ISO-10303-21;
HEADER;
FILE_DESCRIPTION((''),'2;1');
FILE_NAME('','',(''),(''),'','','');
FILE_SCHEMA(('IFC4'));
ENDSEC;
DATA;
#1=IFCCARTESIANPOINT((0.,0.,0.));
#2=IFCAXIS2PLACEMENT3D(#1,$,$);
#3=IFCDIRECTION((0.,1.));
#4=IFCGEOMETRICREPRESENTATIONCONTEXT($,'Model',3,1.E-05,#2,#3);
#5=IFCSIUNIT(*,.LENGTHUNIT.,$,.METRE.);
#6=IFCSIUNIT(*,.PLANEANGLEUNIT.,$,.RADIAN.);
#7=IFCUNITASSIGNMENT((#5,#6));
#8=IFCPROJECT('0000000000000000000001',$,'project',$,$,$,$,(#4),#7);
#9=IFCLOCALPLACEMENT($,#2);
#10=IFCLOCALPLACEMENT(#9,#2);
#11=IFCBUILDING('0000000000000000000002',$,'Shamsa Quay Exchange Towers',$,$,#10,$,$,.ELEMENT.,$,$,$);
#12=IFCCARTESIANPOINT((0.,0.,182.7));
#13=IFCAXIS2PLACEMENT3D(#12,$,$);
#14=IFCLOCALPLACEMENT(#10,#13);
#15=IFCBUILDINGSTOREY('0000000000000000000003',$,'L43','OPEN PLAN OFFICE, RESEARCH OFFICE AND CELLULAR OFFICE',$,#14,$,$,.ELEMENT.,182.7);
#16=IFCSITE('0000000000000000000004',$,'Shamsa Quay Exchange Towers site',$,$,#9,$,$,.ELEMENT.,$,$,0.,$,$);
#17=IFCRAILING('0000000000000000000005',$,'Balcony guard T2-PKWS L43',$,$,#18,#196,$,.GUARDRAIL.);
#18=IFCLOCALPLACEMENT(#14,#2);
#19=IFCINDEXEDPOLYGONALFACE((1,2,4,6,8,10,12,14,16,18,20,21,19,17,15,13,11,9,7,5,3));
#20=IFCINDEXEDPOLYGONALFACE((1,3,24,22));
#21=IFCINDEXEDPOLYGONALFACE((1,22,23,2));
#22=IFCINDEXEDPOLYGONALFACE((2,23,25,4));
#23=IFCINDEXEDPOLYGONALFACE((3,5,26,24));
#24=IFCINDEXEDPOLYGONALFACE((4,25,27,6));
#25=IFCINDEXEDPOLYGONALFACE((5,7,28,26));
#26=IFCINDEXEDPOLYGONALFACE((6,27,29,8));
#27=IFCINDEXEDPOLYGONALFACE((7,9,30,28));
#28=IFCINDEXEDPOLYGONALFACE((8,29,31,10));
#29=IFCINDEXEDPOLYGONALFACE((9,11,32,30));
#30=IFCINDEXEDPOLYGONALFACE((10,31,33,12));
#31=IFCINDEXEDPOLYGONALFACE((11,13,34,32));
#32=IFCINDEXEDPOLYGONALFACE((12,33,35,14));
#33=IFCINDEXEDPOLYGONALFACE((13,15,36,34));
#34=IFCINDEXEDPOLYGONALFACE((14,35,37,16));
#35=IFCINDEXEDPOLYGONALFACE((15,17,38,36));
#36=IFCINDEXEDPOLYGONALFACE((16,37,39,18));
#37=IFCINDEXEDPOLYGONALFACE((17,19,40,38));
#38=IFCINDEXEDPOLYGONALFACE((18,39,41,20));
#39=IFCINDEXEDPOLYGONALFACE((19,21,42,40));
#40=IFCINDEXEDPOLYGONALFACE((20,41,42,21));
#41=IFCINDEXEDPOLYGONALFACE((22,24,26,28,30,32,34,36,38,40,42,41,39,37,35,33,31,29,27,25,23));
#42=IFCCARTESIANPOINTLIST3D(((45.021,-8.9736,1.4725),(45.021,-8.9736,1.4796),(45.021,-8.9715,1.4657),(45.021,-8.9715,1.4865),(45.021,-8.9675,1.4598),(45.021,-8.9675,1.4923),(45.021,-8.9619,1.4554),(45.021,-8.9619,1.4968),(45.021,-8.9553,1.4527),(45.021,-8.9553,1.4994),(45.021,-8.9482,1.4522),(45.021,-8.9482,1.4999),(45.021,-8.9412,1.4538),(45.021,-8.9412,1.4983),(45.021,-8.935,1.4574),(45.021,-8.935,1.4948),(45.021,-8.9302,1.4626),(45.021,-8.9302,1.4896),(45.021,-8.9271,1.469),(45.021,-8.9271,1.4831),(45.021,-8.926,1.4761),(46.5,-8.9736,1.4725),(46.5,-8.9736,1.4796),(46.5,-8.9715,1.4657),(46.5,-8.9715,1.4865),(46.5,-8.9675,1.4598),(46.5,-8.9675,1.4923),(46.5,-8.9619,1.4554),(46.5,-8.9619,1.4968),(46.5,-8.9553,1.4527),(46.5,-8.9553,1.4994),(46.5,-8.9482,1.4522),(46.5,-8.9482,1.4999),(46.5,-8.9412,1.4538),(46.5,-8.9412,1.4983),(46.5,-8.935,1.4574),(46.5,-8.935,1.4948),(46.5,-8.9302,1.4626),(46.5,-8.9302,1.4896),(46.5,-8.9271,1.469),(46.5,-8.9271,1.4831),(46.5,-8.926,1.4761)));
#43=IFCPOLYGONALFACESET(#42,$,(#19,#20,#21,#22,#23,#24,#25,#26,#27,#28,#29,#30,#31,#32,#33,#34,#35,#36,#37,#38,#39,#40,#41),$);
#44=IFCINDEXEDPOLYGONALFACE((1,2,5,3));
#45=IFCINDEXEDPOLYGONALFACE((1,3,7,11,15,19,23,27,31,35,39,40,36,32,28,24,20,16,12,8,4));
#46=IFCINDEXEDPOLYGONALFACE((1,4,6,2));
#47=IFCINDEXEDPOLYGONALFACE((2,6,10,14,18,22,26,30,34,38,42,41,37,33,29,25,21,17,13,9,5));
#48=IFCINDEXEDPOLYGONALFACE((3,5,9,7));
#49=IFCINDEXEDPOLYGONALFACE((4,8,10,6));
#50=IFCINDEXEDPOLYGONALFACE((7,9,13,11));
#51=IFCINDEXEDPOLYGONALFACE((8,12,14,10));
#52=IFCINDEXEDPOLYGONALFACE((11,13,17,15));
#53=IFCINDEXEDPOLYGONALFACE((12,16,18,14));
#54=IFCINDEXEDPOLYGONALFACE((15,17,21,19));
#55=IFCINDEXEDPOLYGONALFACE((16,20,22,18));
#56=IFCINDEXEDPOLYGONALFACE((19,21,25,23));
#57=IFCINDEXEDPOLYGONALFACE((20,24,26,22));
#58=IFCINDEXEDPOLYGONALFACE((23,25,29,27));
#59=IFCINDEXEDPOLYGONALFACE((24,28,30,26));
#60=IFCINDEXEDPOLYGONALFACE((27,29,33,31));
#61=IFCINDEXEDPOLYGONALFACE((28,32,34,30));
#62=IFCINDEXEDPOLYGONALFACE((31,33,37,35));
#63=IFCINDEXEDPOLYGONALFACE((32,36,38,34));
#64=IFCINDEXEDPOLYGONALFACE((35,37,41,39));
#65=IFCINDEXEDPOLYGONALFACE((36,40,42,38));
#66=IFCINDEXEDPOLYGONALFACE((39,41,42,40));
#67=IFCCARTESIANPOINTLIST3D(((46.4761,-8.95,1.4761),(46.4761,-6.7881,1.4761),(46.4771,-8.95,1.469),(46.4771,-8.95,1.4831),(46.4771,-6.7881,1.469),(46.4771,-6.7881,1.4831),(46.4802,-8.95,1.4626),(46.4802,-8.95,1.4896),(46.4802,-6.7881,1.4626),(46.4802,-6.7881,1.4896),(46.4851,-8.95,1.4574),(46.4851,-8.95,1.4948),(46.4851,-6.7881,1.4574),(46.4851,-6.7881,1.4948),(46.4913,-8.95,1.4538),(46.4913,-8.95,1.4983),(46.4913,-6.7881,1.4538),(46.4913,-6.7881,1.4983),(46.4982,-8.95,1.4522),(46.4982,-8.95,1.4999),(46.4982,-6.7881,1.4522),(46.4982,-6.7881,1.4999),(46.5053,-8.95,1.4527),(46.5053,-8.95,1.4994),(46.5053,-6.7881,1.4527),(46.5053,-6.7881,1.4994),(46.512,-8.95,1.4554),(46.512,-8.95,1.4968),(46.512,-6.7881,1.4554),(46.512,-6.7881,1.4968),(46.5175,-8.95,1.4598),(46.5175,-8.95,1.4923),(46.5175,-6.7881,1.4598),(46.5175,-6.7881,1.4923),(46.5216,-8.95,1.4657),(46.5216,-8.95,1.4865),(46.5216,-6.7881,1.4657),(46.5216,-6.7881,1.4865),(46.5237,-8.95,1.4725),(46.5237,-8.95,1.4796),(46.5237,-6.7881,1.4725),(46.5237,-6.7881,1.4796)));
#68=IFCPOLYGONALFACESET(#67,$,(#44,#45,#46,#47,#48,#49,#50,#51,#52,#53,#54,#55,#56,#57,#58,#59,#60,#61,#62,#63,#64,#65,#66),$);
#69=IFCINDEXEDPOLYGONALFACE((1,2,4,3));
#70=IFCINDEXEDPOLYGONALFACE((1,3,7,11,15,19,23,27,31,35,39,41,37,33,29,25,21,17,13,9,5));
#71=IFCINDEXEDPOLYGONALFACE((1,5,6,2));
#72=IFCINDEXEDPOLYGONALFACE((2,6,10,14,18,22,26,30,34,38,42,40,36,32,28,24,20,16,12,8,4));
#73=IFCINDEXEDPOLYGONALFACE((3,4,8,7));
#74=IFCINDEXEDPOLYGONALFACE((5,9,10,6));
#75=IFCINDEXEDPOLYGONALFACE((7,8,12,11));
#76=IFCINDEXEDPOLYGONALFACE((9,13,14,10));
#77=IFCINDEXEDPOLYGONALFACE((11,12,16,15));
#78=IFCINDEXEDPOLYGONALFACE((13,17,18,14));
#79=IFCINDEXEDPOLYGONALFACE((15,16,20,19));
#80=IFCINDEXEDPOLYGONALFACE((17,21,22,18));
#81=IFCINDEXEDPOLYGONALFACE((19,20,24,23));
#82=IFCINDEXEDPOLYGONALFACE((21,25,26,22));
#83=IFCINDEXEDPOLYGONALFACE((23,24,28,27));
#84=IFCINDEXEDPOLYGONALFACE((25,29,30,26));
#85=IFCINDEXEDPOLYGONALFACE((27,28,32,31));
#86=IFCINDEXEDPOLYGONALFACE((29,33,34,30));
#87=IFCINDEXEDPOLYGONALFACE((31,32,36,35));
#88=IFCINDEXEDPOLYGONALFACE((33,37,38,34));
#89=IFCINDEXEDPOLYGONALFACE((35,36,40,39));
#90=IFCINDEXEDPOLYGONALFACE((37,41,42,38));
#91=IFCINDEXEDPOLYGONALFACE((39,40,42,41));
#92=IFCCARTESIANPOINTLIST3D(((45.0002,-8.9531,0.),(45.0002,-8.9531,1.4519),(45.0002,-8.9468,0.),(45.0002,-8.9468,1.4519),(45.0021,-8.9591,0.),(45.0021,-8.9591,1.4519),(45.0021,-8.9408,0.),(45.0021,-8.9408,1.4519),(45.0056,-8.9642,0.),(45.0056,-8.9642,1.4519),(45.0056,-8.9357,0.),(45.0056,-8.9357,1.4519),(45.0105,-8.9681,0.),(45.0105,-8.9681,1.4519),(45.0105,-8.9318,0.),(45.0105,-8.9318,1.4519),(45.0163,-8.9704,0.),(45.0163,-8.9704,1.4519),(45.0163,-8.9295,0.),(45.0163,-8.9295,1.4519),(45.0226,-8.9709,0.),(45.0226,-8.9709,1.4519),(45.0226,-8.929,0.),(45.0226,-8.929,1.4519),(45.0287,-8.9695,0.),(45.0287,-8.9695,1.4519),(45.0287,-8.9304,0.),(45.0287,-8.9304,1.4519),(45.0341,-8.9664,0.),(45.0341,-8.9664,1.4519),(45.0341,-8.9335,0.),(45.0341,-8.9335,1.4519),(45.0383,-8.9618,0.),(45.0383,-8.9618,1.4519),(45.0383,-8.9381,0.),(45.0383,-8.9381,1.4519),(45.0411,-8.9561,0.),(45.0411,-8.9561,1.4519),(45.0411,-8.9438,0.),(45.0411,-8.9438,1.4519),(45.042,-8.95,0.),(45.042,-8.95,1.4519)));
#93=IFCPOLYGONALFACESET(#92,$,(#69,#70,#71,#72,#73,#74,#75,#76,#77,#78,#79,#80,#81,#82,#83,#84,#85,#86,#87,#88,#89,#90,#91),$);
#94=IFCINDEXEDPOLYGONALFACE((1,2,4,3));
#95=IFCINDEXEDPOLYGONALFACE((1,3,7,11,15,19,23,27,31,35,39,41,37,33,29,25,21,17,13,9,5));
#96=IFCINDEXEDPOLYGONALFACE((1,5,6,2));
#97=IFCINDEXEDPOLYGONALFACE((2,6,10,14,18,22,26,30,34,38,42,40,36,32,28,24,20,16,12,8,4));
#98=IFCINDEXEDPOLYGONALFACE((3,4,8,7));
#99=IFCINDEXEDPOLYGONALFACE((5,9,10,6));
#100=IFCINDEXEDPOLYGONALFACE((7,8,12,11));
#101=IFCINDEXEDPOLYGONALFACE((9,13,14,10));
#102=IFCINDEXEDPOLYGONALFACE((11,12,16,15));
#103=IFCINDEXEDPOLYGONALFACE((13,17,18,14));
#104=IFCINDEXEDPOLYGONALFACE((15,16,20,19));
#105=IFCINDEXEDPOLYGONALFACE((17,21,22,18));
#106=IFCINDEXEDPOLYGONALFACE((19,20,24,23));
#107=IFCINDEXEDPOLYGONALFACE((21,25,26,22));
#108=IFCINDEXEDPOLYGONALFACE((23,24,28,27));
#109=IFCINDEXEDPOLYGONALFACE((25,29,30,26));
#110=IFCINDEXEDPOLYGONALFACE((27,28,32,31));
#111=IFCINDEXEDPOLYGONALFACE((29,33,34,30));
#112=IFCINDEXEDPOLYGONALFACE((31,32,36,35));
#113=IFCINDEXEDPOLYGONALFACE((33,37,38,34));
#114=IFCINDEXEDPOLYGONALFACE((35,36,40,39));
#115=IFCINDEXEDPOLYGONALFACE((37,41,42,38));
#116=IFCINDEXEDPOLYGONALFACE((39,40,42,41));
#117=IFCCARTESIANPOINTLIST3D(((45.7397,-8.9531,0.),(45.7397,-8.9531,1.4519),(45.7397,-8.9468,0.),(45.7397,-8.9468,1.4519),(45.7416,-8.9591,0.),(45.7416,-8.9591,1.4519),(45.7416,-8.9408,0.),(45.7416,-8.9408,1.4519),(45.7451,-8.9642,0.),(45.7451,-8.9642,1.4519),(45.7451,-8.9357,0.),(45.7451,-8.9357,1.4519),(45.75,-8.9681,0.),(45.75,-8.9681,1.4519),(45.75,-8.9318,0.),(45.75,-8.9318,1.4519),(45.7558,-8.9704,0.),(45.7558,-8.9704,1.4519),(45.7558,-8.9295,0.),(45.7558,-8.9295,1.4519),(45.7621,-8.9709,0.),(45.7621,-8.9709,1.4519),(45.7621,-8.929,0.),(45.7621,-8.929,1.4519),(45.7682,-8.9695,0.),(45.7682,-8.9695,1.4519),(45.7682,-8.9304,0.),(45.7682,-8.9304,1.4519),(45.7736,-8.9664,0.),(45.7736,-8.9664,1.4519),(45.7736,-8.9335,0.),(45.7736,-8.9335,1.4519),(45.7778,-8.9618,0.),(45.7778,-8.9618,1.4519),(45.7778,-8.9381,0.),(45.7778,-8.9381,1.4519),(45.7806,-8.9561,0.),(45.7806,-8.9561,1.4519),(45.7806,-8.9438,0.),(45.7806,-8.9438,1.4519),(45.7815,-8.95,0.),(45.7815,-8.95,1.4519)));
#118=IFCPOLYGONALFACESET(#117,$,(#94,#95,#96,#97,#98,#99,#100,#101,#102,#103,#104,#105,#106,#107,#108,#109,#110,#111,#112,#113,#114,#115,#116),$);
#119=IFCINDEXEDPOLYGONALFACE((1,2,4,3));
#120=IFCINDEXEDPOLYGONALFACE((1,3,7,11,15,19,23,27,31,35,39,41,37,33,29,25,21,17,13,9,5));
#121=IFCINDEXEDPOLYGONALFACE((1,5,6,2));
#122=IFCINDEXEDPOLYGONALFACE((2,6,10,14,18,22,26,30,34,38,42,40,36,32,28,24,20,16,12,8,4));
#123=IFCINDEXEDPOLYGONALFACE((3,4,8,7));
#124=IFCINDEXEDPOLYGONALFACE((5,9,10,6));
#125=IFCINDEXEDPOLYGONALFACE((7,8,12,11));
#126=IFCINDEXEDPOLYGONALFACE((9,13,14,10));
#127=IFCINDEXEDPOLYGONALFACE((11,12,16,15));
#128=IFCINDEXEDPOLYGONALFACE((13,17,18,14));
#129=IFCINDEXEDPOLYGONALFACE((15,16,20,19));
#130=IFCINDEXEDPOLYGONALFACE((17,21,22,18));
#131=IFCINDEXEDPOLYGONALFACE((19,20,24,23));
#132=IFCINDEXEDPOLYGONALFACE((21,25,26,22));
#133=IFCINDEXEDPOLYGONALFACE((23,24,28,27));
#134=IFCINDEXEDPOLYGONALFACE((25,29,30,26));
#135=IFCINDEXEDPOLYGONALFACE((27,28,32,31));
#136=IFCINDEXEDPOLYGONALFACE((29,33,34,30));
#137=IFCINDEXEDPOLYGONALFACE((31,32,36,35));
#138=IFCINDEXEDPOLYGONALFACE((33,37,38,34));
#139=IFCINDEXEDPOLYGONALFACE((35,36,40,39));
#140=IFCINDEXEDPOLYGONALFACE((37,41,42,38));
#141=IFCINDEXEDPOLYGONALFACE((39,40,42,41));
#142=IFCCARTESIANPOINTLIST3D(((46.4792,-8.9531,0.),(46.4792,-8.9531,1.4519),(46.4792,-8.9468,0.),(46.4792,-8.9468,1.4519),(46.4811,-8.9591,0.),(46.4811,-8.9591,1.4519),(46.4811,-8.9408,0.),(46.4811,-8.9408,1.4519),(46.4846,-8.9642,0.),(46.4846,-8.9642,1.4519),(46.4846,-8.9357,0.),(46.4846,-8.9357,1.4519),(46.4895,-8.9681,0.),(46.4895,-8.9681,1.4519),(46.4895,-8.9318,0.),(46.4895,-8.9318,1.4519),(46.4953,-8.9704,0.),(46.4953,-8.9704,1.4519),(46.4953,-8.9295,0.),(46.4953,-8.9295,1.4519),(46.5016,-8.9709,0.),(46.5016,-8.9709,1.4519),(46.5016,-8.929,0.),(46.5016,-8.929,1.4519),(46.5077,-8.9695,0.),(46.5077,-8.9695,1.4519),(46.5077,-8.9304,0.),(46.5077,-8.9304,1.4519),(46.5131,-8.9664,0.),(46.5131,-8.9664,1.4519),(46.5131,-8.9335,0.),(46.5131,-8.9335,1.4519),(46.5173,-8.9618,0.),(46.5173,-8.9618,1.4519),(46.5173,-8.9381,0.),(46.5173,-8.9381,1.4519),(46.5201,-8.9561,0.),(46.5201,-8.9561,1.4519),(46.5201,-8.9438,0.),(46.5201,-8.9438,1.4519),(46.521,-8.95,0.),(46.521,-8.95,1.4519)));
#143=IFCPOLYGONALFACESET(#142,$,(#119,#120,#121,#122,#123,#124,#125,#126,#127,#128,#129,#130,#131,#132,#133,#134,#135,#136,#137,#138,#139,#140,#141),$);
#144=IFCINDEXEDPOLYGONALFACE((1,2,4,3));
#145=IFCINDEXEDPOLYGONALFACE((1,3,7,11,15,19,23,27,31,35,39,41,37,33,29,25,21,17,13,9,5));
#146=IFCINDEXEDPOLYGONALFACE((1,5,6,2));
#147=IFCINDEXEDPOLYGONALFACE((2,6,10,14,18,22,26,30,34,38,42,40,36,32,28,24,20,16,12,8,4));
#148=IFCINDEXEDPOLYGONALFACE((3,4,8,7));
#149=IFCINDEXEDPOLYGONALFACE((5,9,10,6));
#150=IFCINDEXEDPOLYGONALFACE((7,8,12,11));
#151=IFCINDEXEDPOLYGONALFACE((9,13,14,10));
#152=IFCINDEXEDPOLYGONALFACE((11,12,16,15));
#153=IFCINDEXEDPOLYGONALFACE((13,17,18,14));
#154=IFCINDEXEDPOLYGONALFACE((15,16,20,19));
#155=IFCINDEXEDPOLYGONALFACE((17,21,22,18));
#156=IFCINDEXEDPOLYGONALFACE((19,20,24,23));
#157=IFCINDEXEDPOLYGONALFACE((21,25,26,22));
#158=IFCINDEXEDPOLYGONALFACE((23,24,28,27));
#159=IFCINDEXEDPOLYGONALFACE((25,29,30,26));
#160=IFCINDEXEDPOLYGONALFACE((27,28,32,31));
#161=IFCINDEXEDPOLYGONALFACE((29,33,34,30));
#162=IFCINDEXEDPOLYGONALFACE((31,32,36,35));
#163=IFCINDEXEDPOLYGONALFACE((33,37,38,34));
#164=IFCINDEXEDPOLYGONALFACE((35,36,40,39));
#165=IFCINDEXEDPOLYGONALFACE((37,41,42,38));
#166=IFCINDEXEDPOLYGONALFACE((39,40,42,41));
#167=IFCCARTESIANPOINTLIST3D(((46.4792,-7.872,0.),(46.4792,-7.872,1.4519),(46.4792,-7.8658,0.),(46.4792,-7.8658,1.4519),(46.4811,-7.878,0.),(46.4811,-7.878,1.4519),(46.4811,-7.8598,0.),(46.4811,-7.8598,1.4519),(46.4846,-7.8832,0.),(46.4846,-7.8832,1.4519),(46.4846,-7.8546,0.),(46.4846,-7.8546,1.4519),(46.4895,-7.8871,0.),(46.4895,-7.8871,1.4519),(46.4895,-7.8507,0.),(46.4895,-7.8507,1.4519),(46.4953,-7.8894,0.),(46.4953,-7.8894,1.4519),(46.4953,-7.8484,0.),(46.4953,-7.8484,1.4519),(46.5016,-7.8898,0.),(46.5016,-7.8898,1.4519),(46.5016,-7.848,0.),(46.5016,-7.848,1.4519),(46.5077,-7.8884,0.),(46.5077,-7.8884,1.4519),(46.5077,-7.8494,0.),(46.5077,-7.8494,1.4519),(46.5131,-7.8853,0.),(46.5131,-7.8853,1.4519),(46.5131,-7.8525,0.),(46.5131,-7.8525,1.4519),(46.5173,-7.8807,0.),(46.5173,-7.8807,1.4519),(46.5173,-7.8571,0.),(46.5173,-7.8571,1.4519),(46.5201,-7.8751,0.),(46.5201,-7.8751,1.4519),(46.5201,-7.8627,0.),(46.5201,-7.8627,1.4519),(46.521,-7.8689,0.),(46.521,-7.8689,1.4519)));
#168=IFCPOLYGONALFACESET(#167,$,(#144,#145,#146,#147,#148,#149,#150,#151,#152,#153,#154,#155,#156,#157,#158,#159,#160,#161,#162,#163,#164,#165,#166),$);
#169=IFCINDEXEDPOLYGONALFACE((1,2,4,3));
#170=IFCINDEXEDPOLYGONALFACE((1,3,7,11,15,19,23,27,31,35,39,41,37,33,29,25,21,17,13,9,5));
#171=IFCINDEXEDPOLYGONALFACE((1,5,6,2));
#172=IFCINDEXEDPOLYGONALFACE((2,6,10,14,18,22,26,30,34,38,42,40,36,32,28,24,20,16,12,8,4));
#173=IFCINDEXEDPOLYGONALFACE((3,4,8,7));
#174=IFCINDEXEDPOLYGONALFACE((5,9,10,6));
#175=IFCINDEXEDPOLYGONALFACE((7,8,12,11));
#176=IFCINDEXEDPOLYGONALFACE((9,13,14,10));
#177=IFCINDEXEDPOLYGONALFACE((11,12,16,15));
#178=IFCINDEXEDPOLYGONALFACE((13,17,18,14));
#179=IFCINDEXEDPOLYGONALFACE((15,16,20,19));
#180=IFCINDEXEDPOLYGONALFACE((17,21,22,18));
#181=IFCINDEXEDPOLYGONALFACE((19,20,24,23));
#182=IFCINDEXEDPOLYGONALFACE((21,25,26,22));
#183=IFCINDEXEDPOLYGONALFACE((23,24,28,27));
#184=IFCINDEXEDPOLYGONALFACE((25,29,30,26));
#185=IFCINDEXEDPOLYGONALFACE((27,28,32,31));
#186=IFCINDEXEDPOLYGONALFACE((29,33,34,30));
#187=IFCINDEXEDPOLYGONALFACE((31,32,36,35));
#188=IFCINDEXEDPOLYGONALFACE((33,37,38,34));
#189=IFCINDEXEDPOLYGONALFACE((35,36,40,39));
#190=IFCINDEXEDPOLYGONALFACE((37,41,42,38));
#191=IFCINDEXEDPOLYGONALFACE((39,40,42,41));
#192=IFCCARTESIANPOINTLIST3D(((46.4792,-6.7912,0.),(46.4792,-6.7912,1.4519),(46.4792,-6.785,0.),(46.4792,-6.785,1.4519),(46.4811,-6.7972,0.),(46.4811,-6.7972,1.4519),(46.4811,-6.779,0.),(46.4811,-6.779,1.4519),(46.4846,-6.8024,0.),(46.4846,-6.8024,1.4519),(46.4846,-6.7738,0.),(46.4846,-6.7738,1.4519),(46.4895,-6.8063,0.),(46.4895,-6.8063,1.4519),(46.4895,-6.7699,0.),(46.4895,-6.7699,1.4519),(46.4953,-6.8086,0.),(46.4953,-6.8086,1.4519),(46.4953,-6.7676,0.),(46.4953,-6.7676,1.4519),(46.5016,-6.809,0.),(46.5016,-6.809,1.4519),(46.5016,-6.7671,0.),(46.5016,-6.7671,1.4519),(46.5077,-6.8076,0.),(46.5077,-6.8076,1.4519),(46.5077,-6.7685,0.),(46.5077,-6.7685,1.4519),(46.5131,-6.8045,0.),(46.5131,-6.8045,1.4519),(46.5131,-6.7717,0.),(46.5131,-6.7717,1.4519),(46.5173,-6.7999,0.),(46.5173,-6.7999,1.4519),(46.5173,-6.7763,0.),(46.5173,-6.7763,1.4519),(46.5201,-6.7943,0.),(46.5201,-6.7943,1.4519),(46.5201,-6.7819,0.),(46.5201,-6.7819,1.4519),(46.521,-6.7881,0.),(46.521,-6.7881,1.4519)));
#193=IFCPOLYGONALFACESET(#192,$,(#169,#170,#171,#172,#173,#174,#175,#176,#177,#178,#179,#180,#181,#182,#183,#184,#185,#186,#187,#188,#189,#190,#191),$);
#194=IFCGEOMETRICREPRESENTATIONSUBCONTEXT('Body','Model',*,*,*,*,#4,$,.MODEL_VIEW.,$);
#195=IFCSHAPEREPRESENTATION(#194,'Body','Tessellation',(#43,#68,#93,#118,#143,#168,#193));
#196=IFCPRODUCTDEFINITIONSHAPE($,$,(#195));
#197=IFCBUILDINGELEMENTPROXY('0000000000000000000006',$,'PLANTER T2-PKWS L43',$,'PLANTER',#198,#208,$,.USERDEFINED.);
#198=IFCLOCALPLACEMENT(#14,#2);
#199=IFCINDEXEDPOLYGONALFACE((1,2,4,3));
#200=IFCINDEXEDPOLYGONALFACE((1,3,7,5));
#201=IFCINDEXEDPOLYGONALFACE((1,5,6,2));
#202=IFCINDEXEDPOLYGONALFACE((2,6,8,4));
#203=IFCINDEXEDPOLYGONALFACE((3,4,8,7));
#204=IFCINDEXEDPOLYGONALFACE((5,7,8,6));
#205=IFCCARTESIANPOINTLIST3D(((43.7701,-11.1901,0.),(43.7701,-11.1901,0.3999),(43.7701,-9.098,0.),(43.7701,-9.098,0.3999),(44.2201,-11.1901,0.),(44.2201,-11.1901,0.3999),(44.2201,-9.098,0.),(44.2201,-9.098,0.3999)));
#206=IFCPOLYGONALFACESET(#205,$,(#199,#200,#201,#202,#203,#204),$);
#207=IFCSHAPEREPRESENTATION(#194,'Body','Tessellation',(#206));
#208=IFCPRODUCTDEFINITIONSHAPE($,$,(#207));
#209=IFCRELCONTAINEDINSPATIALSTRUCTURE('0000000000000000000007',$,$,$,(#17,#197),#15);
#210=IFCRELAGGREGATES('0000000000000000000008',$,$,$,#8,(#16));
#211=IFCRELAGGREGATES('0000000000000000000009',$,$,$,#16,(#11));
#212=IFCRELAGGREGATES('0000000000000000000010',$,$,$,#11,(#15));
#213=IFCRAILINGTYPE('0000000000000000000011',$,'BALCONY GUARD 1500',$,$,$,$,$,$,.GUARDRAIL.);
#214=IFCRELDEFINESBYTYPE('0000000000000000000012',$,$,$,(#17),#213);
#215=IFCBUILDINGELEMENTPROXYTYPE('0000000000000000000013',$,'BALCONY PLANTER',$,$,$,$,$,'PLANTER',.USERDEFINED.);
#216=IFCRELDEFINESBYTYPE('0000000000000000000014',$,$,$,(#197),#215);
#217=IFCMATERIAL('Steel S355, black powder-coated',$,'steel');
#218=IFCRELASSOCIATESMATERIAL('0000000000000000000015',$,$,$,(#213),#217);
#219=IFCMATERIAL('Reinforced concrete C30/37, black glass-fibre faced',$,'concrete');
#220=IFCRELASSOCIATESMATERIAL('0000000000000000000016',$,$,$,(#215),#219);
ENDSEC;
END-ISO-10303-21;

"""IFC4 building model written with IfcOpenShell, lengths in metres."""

from ifc_helpers import new_model, si_unit, direction, frame, origin, origin_2d, place, context, subcontext, project, spatial, rectangle, circle, extrude, material, type_object, element, save


model = new_model("IFC4")

# Units and contexts
model_context = context("Model", 3, precision=1e-05, world=origin(), true_north=direction((0.0, 1.0)))
body_context = subcontext(model_context, "Body", "Model", "MODEL_VIEW")
ifc_project = project(units=[si_unit("LENGTHUNIT", "METRE"), si_unit("PLANEANGLEUNIT", "RADIAN")], contexts=[model_context])

# Site, building, storey
site_placement = place(None, origin())
site = spatial("IfcSite", under=ifc_project, at=site_placement, Name="Shamsa Quay Exchange Towers site", CompositionType="ELEMENT", RefElevation=0.0)
building_placement = place(site_placement, origin())
building = spatial("IfcBuilding", under=site, at=building_placement, Name="Shamsa Quay Exchange Towers", CompositionType="ELEMENT")
storey_placement = place(building_placement, frame((0.0, 0.0, 182.7)))
storey = spatial("IfcBuildingStorey", under=building, at=storey_placement, Name="L43", Description="OPEN PLAN OFFICE, RESEARCH OFFICE AND CELLULAR OFFICE", CompositionType="ELEMENT", Elevation=182.7)

# Railing
ifc_material_1 = material(Name="Steel S355, black powder-coated", Category="steel")
railing_type = type_object("IfcRailingType", Name="BALCONY GUARD 1500", PredefinedType="GUARDRAIL", material=ifc_material_1)
for number, where, name in (
    (1, (45.021, -8.95, 0.0), "Balcony guard T2-PKWS L43"),
):
    element("IfcRailing", number, at=place(storey_placement, frame(where)), inside=storey, type_object=railing_type, Name=name, PredefinedType="GUARDRAIL", context=body_context, shape_type="SweptSolid", body=[
        extrude(circle(Radius=0.0239, at=origin_2d()), frame((0.0, 0.0, 1.4761), z_axis=(1.0, 0.0, 0.0), x_axis=(0.0, 1.0, 0.0)), (0.0, 0.0, 1.0), 1.479),
        extrude(circle(Radius=0.0239, at=origin_2d()), frame((1.479, 0.0, 1.4761), z_axis=(0.0, 1.0, 0.0), x_axis=(-1.0, 0.0, 0.0)), (0.0, 0.0, 1.0), 2.1619),
        extrude(circle(Radius=0.021, at=origin_2d()), origin(), (0.0, 0.0, 1.0), 1.4519),
        extrude(circle(Radius=0.021, at=origin_2d()), frame((0.7395, 0.0, 0.0)), (0.0, 0.0, 1.0), 1.4519),
        extrude(circle(Radius=0.021, at=origin_2d()), frame((1.479, 0.0, 0.0)), (0.0, 0.0, 1.0), 1.4519),
        extrude(circle(Radius=0.021, at=origin_2d()), frame((1.479, 1.0811, 0.0)), (0.0, 0.0, 1.0), 1.4519),
        extrude(circle(Radius=0.021, at=origin_2d()), frame((1.479, 2.1619, 0.0)), (0.0, 0.0, 1.0), 1.4519),
    ])

# Building element proxy
ifc_material_2 = material(Name="Reinforced concrete C30/37, black glass-fibre faced", Category="concrete")
building_element_proxy_type = type_object("IfcBuildingElementProxyType", Name="BALCONY PLANTER", ElementType="PLANTER", PredefinedType="USERDEFINED", material=ifc_material_2)
proxy_placement = place(storey_placement, frame((43.9951, -10.144, 0.0), z_axis=(0.0, 0.0, 1.0), x_axis=(0.0, 1.0, 0.0)))
element("IfcBuildingElementProxy", 2, at=proxy_placement, inside=storey, type_object=building_element_proxy_type, Name="PLANTER T2-PKWS L43", ObjectType="PLANTER", PredefinedType="USERDEFINED", context=body_context, shape_type="SweptSolid", body=[
    extrude(rectangle(XDim=2.092, YDim=0.45, at=origin_2d()), origin(), (0.0, 0.0, 1.0), 0.3999),
])

save(model, "model.ifc")
